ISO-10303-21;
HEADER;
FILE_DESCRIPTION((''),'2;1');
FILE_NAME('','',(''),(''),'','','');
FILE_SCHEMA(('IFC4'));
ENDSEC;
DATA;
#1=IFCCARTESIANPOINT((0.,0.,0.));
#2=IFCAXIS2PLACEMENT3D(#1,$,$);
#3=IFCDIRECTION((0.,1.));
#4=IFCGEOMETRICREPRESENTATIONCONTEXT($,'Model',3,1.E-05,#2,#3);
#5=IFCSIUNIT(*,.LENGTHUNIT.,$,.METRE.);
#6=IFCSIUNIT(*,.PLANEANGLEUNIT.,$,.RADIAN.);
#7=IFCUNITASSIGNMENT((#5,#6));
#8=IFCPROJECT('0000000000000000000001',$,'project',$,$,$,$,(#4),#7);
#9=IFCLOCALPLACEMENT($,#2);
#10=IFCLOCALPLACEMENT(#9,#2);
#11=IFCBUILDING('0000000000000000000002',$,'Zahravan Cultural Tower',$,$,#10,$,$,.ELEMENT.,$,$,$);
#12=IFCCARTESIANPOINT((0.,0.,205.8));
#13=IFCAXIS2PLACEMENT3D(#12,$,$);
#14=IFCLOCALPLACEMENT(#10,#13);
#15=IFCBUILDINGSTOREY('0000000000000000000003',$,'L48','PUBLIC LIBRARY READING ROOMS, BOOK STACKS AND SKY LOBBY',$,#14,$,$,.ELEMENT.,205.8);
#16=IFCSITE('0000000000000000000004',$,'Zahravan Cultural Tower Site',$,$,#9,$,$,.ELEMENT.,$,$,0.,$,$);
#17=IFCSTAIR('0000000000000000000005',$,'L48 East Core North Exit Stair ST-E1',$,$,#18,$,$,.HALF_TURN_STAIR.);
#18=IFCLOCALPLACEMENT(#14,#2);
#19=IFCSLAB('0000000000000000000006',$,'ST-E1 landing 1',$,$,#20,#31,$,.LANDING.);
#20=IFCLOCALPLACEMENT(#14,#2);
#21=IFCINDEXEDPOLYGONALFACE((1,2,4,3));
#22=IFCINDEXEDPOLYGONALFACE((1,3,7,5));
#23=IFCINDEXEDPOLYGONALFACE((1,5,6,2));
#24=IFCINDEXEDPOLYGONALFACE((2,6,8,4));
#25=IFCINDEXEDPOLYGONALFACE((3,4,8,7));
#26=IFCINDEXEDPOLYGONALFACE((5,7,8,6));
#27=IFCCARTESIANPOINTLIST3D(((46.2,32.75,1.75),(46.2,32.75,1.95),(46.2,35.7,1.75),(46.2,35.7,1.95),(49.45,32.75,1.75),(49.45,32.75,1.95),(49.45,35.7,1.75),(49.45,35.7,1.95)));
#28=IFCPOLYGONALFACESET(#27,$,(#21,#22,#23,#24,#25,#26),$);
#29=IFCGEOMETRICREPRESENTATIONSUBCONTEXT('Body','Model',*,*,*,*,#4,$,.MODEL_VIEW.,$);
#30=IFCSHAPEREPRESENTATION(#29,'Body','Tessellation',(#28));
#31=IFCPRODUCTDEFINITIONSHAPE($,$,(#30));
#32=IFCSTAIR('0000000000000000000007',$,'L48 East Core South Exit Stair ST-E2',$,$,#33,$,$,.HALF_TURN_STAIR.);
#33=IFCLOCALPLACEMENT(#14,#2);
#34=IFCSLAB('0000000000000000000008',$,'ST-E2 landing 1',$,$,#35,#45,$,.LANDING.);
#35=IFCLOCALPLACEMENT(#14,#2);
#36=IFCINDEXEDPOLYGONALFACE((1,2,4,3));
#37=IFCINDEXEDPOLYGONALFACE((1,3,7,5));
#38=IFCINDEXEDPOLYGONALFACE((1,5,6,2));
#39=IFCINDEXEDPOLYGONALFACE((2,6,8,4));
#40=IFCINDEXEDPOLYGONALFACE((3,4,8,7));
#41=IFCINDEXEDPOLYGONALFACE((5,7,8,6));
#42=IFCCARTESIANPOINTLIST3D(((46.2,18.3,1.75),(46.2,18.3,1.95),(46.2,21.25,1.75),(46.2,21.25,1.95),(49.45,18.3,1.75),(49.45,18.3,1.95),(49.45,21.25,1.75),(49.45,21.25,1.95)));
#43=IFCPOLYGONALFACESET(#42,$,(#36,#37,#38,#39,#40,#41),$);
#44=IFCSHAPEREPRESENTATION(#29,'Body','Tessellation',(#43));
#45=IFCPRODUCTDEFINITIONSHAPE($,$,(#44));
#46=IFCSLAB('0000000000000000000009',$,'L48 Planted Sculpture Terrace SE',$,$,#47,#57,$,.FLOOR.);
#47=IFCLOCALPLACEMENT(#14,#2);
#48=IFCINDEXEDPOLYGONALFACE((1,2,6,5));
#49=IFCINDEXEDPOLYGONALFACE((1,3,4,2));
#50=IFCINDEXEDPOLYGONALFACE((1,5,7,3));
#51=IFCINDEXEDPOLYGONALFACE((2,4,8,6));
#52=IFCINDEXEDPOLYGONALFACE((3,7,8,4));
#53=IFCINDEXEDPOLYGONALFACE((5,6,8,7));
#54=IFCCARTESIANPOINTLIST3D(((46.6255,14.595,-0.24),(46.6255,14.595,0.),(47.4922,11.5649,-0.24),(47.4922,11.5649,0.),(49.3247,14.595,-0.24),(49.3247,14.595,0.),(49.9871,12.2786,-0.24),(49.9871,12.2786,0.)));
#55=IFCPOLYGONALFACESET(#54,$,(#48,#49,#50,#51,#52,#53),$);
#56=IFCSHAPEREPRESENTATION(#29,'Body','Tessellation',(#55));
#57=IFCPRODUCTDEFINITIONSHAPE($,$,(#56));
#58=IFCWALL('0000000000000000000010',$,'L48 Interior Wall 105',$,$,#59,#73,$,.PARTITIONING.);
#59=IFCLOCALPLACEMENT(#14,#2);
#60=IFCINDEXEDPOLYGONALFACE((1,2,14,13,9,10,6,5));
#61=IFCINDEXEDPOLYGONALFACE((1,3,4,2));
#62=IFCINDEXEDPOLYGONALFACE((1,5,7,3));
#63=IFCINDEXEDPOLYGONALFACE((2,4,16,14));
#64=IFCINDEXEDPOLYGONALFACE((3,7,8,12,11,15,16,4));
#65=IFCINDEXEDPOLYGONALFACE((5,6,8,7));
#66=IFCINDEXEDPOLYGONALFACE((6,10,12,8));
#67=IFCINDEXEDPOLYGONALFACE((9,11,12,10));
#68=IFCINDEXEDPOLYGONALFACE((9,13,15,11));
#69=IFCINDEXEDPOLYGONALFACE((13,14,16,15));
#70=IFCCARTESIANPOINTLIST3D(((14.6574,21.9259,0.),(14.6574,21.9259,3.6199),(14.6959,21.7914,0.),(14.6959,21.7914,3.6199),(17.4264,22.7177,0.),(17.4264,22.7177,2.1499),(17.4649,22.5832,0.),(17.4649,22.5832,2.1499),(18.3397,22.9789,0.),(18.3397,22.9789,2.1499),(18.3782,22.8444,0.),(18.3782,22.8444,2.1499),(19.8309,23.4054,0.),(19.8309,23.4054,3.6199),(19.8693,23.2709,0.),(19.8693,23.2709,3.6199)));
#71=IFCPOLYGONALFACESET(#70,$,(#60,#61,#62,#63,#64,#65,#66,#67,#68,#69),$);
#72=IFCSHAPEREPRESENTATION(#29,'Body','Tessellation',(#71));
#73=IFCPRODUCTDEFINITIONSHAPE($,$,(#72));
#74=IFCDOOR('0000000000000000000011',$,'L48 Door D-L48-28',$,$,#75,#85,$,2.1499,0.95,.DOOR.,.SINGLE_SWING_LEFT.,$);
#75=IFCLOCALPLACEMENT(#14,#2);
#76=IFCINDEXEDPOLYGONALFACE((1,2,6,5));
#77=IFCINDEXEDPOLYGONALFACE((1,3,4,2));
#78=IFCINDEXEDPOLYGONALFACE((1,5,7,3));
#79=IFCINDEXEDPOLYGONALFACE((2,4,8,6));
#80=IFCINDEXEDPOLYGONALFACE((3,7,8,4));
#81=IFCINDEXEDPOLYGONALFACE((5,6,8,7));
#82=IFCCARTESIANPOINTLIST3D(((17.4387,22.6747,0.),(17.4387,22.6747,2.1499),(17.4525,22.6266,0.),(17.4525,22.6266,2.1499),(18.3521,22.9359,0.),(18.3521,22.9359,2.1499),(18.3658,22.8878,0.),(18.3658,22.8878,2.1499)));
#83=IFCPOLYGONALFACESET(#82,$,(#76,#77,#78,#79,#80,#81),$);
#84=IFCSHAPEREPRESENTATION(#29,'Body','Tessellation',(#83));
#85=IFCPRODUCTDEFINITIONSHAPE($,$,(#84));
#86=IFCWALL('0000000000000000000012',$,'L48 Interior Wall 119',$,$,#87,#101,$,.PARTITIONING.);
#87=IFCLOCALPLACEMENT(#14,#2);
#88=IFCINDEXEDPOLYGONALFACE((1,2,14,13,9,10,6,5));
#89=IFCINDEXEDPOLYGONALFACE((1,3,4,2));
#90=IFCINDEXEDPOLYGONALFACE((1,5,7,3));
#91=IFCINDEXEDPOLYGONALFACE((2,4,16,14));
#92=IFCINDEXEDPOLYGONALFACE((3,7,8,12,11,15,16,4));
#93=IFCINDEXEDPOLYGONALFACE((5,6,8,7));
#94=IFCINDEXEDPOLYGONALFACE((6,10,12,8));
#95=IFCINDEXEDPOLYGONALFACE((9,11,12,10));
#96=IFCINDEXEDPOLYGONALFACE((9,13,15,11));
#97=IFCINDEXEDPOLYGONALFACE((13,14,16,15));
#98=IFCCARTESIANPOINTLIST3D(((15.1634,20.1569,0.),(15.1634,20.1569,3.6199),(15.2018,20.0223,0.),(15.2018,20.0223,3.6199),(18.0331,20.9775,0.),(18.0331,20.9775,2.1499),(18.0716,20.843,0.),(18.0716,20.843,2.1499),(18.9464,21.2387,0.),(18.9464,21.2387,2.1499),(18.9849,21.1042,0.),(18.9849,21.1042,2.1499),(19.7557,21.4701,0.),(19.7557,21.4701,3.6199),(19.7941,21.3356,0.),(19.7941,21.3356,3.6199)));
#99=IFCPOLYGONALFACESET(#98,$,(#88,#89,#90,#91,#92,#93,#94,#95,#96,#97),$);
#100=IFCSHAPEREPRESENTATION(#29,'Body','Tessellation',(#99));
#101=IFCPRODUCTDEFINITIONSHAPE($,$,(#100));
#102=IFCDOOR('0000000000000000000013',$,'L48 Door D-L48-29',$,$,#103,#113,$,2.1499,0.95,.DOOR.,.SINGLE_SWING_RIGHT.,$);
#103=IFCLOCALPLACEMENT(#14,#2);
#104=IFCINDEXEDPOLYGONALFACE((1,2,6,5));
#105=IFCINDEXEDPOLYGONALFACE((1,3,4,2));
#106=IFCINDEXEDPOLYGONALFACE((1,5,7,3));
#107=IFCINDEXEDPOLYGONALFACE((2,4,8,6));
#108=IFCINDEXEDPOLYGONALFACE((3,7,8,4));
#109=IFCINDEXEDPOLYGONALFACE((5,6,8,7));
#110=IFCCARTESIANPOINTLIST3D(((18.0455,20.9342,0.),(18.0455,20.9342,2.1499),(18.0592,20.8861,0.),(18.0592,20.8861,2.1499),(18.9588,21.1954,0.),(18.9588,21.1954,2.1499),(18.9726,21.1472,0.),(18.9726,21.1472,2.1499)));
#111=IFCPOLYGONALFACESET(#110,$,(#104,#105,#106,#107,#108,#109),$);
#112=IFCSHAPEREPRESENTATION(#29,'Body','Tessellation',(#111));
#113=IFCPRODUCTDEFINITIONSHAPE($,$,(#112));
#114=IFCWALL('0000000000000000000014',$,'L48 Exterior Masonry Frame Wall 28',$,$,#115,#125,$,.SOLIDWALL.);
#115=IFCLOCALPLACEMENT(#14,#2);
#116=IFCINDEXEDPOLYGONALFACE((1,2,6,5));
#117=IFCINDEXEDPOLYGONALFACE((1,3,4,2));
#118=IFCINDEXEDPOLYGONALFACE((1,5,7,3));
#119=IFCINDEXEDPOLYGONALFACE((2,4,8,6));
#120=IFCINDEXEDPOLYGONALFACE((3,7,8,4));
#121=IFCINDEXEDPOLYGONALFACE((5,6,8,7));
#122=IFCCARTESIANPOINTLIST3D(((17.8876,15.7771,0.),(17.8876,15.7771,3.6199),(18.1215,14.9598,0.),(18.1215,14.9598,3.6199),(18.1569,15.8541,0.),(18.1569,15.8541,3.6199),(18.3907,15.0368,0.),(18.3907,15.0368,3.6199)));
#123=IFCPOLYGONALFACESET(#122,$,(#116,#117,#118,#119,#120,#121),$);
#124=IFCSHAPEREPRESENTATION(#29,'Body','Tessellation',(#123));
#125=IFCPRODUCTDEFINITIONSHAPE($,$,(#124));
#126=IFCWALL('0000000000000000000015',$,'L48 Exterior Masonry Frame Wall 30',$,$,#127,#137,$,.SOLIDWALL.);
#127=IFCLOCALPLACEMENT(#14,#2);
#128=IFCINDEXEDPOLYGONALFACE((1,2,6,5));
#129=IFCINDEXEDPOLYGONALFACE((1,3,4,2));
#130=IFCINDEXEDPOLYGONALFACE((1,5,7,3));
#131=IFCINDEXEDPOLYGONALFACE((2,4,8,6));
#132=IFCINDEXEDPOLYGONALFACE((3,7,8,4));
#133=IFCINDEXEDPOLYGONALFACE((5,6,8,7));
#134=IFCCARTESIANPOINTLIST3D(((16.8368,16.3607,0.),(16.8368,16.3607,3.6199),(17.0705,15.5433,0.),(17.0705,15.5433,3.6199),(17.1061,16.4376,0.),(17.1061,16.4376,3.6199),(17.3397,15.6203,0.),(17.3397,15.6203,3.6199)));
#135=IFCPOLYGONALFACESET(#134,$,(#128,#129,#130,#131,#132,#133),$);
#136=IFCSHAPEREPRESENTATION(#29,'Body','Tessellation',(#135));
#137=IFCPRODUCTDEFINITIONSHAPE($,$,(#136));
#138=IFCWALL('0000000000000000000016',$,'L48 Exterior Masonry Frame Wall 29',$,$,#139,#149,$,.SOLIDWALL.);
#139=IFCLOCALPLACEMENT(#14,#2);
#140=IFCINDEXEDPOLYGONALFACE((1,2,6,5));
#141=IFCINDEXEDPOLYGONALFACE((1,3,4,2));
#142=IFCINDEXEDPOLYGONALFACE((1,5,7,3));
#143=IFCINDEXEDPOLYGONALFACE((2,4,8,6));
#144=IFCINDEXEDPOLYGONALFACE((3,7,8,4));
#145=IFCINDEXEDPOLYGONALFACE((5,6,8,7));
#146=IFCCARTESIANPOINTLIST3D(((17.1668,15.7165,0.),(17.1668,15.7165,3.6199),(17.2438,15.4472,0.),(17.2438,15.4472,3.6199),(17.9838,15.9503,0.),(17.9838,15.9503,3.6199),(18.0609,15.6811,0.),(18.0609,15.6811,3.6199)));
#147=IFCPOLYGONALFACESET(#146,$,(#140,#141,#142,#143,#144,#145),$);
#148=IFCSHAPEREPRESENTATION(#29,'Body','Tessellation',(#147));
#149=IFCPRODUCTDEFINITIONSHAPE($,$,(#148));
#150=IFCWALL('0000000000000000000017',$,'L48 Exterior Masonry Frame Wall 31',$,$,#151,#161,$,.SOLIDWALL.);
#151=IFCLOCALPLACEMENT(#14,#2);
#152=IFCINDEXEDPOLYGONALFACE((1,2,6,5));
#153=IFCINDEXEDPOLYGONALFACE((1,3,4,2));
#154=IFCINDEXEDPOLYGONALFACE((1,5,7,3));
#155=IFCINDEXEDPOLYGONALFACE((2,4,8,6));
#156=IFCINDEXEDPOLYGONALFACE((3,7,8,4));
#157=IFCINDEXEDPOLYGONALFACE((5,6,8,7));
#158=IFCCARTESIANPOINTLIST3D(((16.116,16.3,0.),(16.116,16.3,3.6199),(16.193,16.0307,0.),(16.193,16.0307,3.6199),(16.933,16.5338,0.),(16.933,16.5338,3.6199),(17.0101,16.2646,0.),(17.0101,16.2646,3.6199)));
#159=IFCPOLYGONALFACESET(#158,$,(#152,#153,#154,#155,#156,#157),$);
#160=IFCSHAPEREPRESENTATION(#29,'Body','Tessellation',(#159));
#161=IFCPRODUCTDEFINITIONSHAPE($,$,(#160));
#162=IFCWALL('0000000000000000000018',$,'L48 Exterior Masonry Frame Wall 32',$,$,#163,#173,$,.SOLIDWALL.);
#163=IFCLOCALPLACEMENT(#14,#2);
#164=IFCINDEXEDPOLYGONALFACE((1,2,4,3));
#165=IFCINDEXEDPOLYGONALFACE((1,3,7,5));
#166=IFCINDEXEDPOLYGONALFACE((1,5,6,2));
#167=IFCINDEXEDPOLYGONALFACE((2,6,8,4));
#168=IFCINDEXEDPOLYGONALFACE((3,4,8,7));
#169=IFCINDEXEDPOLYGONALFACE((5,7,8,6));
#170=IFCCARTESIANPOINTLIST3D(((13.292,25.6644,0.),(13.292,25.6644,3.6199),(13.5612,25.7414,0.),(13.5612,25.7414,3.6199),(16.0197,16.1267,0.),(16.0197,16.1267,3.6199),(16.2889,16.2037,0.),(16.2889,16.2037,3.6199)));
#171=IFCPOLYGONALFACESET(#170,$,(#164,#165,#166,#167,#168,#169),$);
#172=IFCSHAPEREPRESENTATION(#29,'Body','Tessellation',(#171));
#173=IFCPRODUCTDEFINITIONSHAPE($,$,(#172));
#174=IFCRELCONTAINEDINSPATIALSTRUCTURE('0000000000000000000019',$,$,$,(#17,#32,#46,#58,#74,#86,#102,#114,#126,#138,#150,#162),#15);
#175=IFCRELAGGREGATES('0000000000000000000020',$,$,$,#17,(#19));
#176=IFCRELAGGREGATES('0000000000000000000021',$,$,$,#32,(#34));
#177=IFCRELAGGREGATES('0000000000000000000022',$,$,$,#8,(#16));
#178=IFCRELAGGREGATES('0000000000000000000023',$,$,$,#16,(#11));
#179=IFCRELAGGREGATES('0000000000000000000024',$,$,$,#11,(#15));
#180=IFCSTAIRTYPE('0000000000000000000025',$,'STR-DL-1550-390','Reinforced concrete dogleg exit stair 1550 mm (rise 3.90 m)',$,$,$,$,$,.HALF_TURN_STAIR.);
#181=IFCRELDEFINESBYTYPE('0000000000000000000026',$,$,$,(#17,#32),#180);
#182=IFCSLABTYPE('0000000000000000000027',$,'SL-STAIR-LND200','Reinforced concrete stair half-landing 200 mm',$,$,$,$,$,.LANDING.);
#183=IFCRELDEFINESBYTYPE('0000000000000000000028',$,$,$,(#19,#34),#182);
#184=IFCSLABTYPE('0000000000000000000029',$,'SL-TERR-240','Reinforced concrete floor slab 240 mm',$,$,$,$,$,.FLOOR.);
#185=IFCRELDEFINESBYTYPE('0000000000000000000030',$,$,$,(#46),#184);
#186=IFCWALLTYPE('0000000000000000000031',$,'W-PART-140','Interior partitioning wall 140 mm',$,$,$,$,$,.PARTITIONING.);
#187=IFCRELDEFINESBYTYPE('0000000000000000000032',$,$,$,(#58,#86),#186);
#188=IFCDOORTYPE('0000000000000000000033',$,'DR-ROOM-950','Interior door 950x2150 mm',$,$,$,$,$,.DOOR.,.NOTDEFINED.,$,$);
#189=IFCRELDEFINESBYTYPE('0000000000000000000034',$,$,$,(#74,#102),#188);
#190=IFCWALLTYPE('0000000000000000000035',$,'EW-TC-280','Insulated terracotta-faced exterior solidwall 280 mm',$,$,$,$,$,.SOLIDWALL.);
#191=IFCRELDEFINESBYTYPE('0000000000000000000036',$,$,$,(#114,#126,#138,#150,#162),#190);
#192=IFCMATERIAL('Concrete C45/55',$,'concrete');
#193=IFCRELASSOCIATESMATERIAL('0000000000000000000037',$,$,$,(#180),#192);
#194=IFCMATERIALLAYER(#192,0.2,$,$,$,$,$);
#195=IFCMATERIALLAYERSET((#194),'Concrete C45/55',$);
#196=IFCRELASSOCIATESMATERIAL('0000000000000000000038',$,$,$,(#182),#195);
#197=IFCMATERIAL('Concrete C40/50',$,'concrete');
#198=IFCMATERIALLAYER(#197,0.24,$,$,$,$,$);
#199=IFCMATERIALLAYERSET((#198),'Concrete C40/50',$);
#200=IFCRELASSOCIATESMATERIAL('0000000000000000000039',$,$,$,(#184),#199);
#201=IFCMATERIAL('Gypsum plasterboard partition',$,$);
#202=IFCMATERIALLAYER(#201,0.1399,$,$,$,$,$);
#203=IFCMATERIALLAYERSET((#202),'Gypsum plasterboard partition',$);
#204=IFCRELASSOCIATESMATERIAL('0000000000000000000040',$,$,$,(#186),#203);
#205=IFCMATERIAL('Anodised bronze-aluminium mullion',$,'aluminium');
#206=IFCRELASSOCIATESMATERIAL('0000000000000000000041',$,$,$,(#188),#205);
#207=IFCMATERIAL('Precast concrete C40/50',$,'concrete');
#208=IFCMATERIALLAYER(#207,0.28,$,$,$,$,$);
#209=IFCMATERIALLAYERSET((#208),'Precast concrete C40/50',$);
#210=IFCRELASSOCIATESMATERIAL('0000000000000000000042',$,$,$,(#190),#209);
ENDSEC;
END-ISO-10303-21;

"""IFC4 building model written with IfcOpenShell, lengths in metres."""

from ifc_helpers import new_model, si_unit, direction, frame, frame_2d, origin, place, context, subcontext, project, spatial, polyline, rectangle, outline, extrude, source, transform, mapped, material, layer, layer_set, type_object, element, fill, aggregate, save


model = new_model("IFC4")

# Units and contexts
model_context = context("Model", 3, precision=1e-05, world=origin(), true_north=direction((0.0, 1.0)))
body_context = subcontext(model_context, "Body", "Model", "MODEL_VIEW")
ifc_project = project(units=[si_unit("LENGTHUNIT", "METRE"), si_unit("PLANEANGLEUNIT", "RADIAN")], contexts=[model_context])

# Site, building, storey
site_placement = place(None, origin())
site = spatial("IfcSite", under=ifc_project, at=site_placement, Name="Zahravan Cultural Tower Site", CompositionType="ELEMENT", RefElevation=0.0)
building_placement = place(site_placement, origin())
building = spatial("IfcBuilding", under=site, at=building_placement, Name="Zahravan Cultural Tower", CompositionType="ELEMENT")
storey_placement = place(building_placement, frame((0.0, 0.0, 205.8)))
storey = spatial("IfcBuildingStorey", under=building, at=storey_placement, Name="L48", Description="PUBLIC LIBRARY READING ROOMS, BOOK STACKS AND SKY LOBBY", CompositionType="ELEMENT", Elevation=205.8)

# Shared definitions
ifc_material_1 = material(Name="Concrete C45/55", Category="concrete")

# Stairs, slabs
stair_type = type_object("IfcStairType", Name="STR-DL-1550-390", Description="Reinforced concrete dogleg exit stair 1550 mm (rise 3.90 m)", PredefinedType="HALF_TURN_STAIR", material=ifc_material_1)
ifc_layer_1 = layer(ifc_material_1, 0.2)
ifc_layer_set_1 = layer_set([ifc_layer_1], Name="Concrete C45/55")
slab_type_1 = type_object("IfcSlabType", Name="SL-STAIR-LND200", Description="Reinforced concrete stair half-landing 200 mm", PredefinedType="LANDING", material=ifc_layer_set_1)
stair_1_placement = place(storey_placement, origin())
stair_1 = element("IfcStair", 1, at=stair_1_placement, inside=storey, type_object=stair_type, Name="L48 East Core North Exit Stair ST-E1", PredefinedType="HALF_TURN_STAIR")
slab_1_placement = place(storey_placement, frame((0.0, 0.0, 1.75)))
slab_1 = element("IfcSlab", 2, at=slab_1_placement, type_object=slab_type_1, Name="ST-E1 landing 1", PredefinedType="LANDING", context=body_context, shape_type="SweptSolid", body=[
    extrude(outline(polyline([(49.45, 32.75), (49.45, 35.7), (46.2, 35.7), (46.2, 32.75), (49.45, 32.75)])), origin(), (0.0, 0.0, 1.0), 0.2),
])
aggregate(stair_1, [slab_1])
stair_2_placement = place(storey_placement, origin())
stair_2 = element("IfcStair", 3, at=stair_2_placement, inside=storey, type_object=stair_type, Name="L48 East Core South Exit Stair ST-E2", PredefinedType="HALF_TURN_STAIR")
slab_2_placement = place(storey_placement, frame((0.0, 0.0, 1.75)))
slab_2 = element("IfcSlab", 4, at=slab_2_placement, type_object=slab_type_1, Name="ST-E2 landing 1", PredefinedType="LANDING", context=body_context, shape_type="SweptSolid", body=[
    extrude(outline(polyline([(46.2, 21.25), (46.2, 18.3), (49.45, 18.3), (49.45, 21.25), (46.2, 21.25)])), origin(), (0.0, 0.0, 1.0), 0.2),
])
aggregate(stair_2, [slab_2])

# Slab
ifc_material_2 = material(Name="Concrete C40/50", Category="concrete")
ifc_layer_2 = layer(ifc_material_2, 0.24)
ifc_layer_set_2 = layer_set([ifc_layer_2], Name="Concrete C40/50")
slab_type_2 = type_object("IfcSlabType", Name="SL-TERR-240", Description="Reinforced concrete floor slab 240 mm", PredefinedType="FLOOR", material=ifc_layer_set_2)
slab_3_placement = place(storey_placement, frame((0.0, 0.0, -0.24)))
element("IfcSlab", 5, at=slab_3_placement, inside=storey, type_object=slab_type_2, Name="L48 Planted Sculpture Terrace SE", PredefinedType="FLOOR", context=body_context, shape_type="SweptSolid", body=[
    extrude(outline(polyline([(49.9871, 12.2786), (49.3247, 14.595), (46.6255, 14.595), (47.4922, 11.5649), (49.9871, 12.2786)])), origin(), (0.0, 0.0, 1.0), 0.24),
])

# Walls, openings, doors
ifc_material_3 = material(Name="Gypsum plasterboard partition")
ifc_layer_3 = layer(ifc_material_3, 0.1399)
ifc_layer_set_3 = layer_set([ifc_layer_3], Name="Gypsum plasterboard partition")
wall_type_1 = type_object("IfcWallType", Name="W-PART-140", Description="Interior partitioning wall 140 mm", PredefinedType="PARTITIONING", material=ifc_layer_set_3)
wall_1_placement = place(storey_placement, frame((19.8501, 23.3381, 0.0), z_axis=(0.0, 0.0, 1.0), x_axis=(-0.961455, -0.274961, 0.0)))
wall_1 = element("IfcWall", 6, at=wall_1_placement, inside=storey, type_object=wall_type_1, Name="L48 Interior Wall 105", PredefinedType="PARTITIONING", context=body_context, shape_type="SweptSolid", body=[
    extrude(rectangle(XDim=5.3809, YDim=0.1399, at=frame_2d((2.6904, 0.0))), origin(), (0.0, 0.0, 1.0), 3.6199),
])
opening_1_placement = place(wall_1_placement, frame((1.5508, 0.0, 0.0)))
opening_1 = element("IfcOpeningElement", 7, at=opening_1_placement, cuts=wall_1, PredefinedType="OPENING", context=body_context, shape_type="SweptSolid", body=[
    extrude(rectangle(XDim=0.95, YDim=2.1499, at=frame_2d((0.4751, 1.075))), frame((0.0, 0.0798, 0.0), z_axis=(0.0, -1.0, 0.0), x_axis=(1.0, 0.0, 0.0)), (0.0, 0.0, 1.0), 0.1599),
])
ifc_material_4 = material(Name="Anodised bronze-aluminium mullion", Category="aluminium")
door_type = type_object("IfcDoorType", Name="DR-ROOM-950", Description="Interior door 950x2150 mm", OperationType="NOTDEFINED", PredefinedType="DOOR", material=ifc_material_4)
shared_shape_1 = source(origin(), body_context, "Body", "SweptSolid", [
    extrude(rectangle(XDim=0.95, YDim=2.1499, at=frame_2d((0.4751, 1.075))), frame((0.0, 0.0249, 0.0), z_axis=(0.0, -1.0, 0.0), x_axis=(1.0, 0.0, 0.0)), (0.0, 0.0, 1.0), 0.05),
])
door_1_placement = place(opening_1_placement, origin())
door_1 = element("IfcDoor", 8, at=door_1_placement, inside=storey, type_object=door_type, Name="L48 Door D-L48-28", OperationType="SINGLE_SWING_LEFT", OverallHeight=2.1499, OverallWidth=0.95, PredefinedType="DOOR", context=body_context, shape_type="MappedRepresentation", body=[
    mapped(shared_shape_1, transform((0.0, 0.0, 0.0), x_axis=(1.0, 0.0, 0.0), y_axis=(0.0, 1.0, 0.0), z_axis=(0.0, 0.0, 1.0), scale=1.0)),
])
fill(opening_1, door_1)
wall_2_placement = place(storey_placement, frame((15.1826, 20.0896, 0.0), z_axis=(0.0, 0.0, 1.0), x_axis=(0.96146, 0.274944, 0.0)))
wall_2 = element("IfcWall", 9, at=wall_2_placement, inside=storey, type_object=wall_type_1, Name="L48 Interior Wall 119", PredefinedType="PARTITIONING", context=body_context, shape_type="SweptSolid", body=[
    extrude(rectangle(XDim=4.7764, YDim=0.1399, at=frame_2d((2.3882, 0.0))), origin(), (0.0, 0.0, 1.0), 3.6199),
])
opening_2_placement = place(wall_2_placement, frame((2.9846, 0.0, 0.0)))
opening_2 = element("IfcOpeningElement", 10, at=opening_2_placement, cuts=wall_2, PredefinedType="OPENING", context=body_context, shape_type="SweptSolid", body=[
    extrude(rectangle(XDim=0.95, YDim=2.1499, at=frame_2d((0.4751, 1.075))), frame((0.0, 0.0798, 0.0), z_axis=(0.0, -1.0, 0.0), x_axis=(1.0, 0.0, 0.0)), (0.0, 0.0, 1.0), 0.1599),
])
door_2_placement = place(opening_2_placement, origin())
door_2 = element("IfcDoor", 11, at=door_2_placement, inside=storey, type_object=door_type, Name="L48 Door D-L48-29", OperationType="SINGLE_SWING_RIGHT", OverallHeight=2.1499, OverallWidth=0.95, PredefinedType="DOOR", context=body_context, shape_type="MappedRepresentation", body=[
    mapped(shared_shape_1, transform((0.0, 0.0, 0.0), x_axis=(1.0, 0.0, 0.0), y_axis=(0.0, 1.0, 0.0), z_axis=(0.0, 0.0, 1.0), scale=1.0)),
])
fill(opening_2, door_2)

# Walls
ifc_material_5 = material(Name="Precast concrete C40/50", Category="concrete")
ifc_layer_4 = layer(ifc_material_5, 0.28)
ifc_layer_set_4 = layer_set([ifc_layer_4], Name="Precast concrete C40/50")
wall_type_2 = type_object("IfcWallType", Name="EW-TC-280", Description="Insulated terracotta-faced exterior solidwall 280 mm", PredefinedType="SOLIDWALL", material=ifc_layer_set_4)
shared_shape_2 = source(origin(), body_context, "Body", "SweptSolid", [
    extrude(rectangle(XDim=0.8501, YDim=0.28, at=frame_2d((0.425, 0.0))), origin(), (0.0, 0.0, 1.0), 3.6199),
])
for number, where, z_axis, x_axis, name in (
    (12, (18.2561, 14.9983, 0.0), (0.0, 0.0, 1.0), (-0.2751, 0.961416, 0.0), "L48 Exterior Masonry Frame Wall 28"),
    (13, (17.2051, 15.5818, 0.0), (0.0, 0.0, 1.0), (-0.274835, 0.961491, 0.0), "L48 Exterior Masonry Frame Wall 30"),
):
    element("IfcWall", number, at=place(storey_placement, frame(where, z_axis=z_axis, x_axis=x_axis)), inside=storey, type_object=wall_type_2, Name=name, PredefinedType="SOLIDWALL", context=body_context, shape_type="MappedRepresentation", body=[
        mapped(shared_shape_2, transform((0.0, 0.0, 0.0), x_axis=(1.0, 0.0, 0.0), y_axis=(0.0, 1.0, 0.0), z_axis=(0.0, 0.0, 1.0), scale=1.0)),
    ])
shared_shape_3 = source(origin(), body_context, "Body", "SweptSolid", [
    extrude(rectangle(XDim=0.8499, YDim=0.28, at=frame_2d((0.4248, 0.0))), origin(), (0.0, 0.0, 1.0), 3.6199),
])
for number, where, z_axis, x_axis, name in (
    (14, (18.0222, 15.8157, 0.0), (0.0, 0.0, 1.0), (-0.961394, -0.275176, 0.0), "L48 Exterior Masonry Frame Wall 29"),
    (15, (16.9714, 16.3992, 0.0), (0.0, 0.0, 1.0), (-0.961394, -0.275176, 0.0), "L48 Exterior Masonry Frame Wall 31"),
):
    element("IfcWall", number, at=place(storey_placement, frame(where, z_axis=z_axis, x_axis=x_axis)), inside=storey, type_object=wall_type_2, Name=name, PredefinedType="SOLIDWALL", context=body_context, shape_type="MappedRepresentation", body=[
        mapped(shared_shape_3, transform((0.0, 0.0, 0.0), x_axis=(1.0, 0.0, 0.0), y_axis=(0.0, 1.0, 0.0), z_axis=(0.0, 0.0, 1.0), scale=1.0)),
    ])
shared_shape_4 = source(origin(), body_context, "Body", "SweptSolid", [
    extrude(rectangle(XDim=9.9202, YDim=0.28, at=frame_2d((4.96, 0.0))), origin(), (0.0, 0.0, 1.0), 3.6199),
])
wall_3_placement = place(storey_placement, frame((16.1543, 16.1653, 0.0), z_axis=(0.0, 0.0, 1.0), x_axis=(-0.274971, 0.961452, 0.0)))
element("IfcWall", 16, at=wall_3_placement, inside=storey, type_object=wall_type_2, Name="L48 Exterior Masonry Frame Wall 32", PredefinedType="SOLIDWALL", context=body_context, shape_type="MappedRepresentation", body=[
    mapped(shared_shape_4, transform((0.0, 0.0, 0.0), x_axis=(1.0, 0.0, 0.0), y_axis=(0.0, 1.0, 0.0), z_axis=(0.0, 0.0, 1.0), scale=1.0)),
])

save(model, "model.ifc")
